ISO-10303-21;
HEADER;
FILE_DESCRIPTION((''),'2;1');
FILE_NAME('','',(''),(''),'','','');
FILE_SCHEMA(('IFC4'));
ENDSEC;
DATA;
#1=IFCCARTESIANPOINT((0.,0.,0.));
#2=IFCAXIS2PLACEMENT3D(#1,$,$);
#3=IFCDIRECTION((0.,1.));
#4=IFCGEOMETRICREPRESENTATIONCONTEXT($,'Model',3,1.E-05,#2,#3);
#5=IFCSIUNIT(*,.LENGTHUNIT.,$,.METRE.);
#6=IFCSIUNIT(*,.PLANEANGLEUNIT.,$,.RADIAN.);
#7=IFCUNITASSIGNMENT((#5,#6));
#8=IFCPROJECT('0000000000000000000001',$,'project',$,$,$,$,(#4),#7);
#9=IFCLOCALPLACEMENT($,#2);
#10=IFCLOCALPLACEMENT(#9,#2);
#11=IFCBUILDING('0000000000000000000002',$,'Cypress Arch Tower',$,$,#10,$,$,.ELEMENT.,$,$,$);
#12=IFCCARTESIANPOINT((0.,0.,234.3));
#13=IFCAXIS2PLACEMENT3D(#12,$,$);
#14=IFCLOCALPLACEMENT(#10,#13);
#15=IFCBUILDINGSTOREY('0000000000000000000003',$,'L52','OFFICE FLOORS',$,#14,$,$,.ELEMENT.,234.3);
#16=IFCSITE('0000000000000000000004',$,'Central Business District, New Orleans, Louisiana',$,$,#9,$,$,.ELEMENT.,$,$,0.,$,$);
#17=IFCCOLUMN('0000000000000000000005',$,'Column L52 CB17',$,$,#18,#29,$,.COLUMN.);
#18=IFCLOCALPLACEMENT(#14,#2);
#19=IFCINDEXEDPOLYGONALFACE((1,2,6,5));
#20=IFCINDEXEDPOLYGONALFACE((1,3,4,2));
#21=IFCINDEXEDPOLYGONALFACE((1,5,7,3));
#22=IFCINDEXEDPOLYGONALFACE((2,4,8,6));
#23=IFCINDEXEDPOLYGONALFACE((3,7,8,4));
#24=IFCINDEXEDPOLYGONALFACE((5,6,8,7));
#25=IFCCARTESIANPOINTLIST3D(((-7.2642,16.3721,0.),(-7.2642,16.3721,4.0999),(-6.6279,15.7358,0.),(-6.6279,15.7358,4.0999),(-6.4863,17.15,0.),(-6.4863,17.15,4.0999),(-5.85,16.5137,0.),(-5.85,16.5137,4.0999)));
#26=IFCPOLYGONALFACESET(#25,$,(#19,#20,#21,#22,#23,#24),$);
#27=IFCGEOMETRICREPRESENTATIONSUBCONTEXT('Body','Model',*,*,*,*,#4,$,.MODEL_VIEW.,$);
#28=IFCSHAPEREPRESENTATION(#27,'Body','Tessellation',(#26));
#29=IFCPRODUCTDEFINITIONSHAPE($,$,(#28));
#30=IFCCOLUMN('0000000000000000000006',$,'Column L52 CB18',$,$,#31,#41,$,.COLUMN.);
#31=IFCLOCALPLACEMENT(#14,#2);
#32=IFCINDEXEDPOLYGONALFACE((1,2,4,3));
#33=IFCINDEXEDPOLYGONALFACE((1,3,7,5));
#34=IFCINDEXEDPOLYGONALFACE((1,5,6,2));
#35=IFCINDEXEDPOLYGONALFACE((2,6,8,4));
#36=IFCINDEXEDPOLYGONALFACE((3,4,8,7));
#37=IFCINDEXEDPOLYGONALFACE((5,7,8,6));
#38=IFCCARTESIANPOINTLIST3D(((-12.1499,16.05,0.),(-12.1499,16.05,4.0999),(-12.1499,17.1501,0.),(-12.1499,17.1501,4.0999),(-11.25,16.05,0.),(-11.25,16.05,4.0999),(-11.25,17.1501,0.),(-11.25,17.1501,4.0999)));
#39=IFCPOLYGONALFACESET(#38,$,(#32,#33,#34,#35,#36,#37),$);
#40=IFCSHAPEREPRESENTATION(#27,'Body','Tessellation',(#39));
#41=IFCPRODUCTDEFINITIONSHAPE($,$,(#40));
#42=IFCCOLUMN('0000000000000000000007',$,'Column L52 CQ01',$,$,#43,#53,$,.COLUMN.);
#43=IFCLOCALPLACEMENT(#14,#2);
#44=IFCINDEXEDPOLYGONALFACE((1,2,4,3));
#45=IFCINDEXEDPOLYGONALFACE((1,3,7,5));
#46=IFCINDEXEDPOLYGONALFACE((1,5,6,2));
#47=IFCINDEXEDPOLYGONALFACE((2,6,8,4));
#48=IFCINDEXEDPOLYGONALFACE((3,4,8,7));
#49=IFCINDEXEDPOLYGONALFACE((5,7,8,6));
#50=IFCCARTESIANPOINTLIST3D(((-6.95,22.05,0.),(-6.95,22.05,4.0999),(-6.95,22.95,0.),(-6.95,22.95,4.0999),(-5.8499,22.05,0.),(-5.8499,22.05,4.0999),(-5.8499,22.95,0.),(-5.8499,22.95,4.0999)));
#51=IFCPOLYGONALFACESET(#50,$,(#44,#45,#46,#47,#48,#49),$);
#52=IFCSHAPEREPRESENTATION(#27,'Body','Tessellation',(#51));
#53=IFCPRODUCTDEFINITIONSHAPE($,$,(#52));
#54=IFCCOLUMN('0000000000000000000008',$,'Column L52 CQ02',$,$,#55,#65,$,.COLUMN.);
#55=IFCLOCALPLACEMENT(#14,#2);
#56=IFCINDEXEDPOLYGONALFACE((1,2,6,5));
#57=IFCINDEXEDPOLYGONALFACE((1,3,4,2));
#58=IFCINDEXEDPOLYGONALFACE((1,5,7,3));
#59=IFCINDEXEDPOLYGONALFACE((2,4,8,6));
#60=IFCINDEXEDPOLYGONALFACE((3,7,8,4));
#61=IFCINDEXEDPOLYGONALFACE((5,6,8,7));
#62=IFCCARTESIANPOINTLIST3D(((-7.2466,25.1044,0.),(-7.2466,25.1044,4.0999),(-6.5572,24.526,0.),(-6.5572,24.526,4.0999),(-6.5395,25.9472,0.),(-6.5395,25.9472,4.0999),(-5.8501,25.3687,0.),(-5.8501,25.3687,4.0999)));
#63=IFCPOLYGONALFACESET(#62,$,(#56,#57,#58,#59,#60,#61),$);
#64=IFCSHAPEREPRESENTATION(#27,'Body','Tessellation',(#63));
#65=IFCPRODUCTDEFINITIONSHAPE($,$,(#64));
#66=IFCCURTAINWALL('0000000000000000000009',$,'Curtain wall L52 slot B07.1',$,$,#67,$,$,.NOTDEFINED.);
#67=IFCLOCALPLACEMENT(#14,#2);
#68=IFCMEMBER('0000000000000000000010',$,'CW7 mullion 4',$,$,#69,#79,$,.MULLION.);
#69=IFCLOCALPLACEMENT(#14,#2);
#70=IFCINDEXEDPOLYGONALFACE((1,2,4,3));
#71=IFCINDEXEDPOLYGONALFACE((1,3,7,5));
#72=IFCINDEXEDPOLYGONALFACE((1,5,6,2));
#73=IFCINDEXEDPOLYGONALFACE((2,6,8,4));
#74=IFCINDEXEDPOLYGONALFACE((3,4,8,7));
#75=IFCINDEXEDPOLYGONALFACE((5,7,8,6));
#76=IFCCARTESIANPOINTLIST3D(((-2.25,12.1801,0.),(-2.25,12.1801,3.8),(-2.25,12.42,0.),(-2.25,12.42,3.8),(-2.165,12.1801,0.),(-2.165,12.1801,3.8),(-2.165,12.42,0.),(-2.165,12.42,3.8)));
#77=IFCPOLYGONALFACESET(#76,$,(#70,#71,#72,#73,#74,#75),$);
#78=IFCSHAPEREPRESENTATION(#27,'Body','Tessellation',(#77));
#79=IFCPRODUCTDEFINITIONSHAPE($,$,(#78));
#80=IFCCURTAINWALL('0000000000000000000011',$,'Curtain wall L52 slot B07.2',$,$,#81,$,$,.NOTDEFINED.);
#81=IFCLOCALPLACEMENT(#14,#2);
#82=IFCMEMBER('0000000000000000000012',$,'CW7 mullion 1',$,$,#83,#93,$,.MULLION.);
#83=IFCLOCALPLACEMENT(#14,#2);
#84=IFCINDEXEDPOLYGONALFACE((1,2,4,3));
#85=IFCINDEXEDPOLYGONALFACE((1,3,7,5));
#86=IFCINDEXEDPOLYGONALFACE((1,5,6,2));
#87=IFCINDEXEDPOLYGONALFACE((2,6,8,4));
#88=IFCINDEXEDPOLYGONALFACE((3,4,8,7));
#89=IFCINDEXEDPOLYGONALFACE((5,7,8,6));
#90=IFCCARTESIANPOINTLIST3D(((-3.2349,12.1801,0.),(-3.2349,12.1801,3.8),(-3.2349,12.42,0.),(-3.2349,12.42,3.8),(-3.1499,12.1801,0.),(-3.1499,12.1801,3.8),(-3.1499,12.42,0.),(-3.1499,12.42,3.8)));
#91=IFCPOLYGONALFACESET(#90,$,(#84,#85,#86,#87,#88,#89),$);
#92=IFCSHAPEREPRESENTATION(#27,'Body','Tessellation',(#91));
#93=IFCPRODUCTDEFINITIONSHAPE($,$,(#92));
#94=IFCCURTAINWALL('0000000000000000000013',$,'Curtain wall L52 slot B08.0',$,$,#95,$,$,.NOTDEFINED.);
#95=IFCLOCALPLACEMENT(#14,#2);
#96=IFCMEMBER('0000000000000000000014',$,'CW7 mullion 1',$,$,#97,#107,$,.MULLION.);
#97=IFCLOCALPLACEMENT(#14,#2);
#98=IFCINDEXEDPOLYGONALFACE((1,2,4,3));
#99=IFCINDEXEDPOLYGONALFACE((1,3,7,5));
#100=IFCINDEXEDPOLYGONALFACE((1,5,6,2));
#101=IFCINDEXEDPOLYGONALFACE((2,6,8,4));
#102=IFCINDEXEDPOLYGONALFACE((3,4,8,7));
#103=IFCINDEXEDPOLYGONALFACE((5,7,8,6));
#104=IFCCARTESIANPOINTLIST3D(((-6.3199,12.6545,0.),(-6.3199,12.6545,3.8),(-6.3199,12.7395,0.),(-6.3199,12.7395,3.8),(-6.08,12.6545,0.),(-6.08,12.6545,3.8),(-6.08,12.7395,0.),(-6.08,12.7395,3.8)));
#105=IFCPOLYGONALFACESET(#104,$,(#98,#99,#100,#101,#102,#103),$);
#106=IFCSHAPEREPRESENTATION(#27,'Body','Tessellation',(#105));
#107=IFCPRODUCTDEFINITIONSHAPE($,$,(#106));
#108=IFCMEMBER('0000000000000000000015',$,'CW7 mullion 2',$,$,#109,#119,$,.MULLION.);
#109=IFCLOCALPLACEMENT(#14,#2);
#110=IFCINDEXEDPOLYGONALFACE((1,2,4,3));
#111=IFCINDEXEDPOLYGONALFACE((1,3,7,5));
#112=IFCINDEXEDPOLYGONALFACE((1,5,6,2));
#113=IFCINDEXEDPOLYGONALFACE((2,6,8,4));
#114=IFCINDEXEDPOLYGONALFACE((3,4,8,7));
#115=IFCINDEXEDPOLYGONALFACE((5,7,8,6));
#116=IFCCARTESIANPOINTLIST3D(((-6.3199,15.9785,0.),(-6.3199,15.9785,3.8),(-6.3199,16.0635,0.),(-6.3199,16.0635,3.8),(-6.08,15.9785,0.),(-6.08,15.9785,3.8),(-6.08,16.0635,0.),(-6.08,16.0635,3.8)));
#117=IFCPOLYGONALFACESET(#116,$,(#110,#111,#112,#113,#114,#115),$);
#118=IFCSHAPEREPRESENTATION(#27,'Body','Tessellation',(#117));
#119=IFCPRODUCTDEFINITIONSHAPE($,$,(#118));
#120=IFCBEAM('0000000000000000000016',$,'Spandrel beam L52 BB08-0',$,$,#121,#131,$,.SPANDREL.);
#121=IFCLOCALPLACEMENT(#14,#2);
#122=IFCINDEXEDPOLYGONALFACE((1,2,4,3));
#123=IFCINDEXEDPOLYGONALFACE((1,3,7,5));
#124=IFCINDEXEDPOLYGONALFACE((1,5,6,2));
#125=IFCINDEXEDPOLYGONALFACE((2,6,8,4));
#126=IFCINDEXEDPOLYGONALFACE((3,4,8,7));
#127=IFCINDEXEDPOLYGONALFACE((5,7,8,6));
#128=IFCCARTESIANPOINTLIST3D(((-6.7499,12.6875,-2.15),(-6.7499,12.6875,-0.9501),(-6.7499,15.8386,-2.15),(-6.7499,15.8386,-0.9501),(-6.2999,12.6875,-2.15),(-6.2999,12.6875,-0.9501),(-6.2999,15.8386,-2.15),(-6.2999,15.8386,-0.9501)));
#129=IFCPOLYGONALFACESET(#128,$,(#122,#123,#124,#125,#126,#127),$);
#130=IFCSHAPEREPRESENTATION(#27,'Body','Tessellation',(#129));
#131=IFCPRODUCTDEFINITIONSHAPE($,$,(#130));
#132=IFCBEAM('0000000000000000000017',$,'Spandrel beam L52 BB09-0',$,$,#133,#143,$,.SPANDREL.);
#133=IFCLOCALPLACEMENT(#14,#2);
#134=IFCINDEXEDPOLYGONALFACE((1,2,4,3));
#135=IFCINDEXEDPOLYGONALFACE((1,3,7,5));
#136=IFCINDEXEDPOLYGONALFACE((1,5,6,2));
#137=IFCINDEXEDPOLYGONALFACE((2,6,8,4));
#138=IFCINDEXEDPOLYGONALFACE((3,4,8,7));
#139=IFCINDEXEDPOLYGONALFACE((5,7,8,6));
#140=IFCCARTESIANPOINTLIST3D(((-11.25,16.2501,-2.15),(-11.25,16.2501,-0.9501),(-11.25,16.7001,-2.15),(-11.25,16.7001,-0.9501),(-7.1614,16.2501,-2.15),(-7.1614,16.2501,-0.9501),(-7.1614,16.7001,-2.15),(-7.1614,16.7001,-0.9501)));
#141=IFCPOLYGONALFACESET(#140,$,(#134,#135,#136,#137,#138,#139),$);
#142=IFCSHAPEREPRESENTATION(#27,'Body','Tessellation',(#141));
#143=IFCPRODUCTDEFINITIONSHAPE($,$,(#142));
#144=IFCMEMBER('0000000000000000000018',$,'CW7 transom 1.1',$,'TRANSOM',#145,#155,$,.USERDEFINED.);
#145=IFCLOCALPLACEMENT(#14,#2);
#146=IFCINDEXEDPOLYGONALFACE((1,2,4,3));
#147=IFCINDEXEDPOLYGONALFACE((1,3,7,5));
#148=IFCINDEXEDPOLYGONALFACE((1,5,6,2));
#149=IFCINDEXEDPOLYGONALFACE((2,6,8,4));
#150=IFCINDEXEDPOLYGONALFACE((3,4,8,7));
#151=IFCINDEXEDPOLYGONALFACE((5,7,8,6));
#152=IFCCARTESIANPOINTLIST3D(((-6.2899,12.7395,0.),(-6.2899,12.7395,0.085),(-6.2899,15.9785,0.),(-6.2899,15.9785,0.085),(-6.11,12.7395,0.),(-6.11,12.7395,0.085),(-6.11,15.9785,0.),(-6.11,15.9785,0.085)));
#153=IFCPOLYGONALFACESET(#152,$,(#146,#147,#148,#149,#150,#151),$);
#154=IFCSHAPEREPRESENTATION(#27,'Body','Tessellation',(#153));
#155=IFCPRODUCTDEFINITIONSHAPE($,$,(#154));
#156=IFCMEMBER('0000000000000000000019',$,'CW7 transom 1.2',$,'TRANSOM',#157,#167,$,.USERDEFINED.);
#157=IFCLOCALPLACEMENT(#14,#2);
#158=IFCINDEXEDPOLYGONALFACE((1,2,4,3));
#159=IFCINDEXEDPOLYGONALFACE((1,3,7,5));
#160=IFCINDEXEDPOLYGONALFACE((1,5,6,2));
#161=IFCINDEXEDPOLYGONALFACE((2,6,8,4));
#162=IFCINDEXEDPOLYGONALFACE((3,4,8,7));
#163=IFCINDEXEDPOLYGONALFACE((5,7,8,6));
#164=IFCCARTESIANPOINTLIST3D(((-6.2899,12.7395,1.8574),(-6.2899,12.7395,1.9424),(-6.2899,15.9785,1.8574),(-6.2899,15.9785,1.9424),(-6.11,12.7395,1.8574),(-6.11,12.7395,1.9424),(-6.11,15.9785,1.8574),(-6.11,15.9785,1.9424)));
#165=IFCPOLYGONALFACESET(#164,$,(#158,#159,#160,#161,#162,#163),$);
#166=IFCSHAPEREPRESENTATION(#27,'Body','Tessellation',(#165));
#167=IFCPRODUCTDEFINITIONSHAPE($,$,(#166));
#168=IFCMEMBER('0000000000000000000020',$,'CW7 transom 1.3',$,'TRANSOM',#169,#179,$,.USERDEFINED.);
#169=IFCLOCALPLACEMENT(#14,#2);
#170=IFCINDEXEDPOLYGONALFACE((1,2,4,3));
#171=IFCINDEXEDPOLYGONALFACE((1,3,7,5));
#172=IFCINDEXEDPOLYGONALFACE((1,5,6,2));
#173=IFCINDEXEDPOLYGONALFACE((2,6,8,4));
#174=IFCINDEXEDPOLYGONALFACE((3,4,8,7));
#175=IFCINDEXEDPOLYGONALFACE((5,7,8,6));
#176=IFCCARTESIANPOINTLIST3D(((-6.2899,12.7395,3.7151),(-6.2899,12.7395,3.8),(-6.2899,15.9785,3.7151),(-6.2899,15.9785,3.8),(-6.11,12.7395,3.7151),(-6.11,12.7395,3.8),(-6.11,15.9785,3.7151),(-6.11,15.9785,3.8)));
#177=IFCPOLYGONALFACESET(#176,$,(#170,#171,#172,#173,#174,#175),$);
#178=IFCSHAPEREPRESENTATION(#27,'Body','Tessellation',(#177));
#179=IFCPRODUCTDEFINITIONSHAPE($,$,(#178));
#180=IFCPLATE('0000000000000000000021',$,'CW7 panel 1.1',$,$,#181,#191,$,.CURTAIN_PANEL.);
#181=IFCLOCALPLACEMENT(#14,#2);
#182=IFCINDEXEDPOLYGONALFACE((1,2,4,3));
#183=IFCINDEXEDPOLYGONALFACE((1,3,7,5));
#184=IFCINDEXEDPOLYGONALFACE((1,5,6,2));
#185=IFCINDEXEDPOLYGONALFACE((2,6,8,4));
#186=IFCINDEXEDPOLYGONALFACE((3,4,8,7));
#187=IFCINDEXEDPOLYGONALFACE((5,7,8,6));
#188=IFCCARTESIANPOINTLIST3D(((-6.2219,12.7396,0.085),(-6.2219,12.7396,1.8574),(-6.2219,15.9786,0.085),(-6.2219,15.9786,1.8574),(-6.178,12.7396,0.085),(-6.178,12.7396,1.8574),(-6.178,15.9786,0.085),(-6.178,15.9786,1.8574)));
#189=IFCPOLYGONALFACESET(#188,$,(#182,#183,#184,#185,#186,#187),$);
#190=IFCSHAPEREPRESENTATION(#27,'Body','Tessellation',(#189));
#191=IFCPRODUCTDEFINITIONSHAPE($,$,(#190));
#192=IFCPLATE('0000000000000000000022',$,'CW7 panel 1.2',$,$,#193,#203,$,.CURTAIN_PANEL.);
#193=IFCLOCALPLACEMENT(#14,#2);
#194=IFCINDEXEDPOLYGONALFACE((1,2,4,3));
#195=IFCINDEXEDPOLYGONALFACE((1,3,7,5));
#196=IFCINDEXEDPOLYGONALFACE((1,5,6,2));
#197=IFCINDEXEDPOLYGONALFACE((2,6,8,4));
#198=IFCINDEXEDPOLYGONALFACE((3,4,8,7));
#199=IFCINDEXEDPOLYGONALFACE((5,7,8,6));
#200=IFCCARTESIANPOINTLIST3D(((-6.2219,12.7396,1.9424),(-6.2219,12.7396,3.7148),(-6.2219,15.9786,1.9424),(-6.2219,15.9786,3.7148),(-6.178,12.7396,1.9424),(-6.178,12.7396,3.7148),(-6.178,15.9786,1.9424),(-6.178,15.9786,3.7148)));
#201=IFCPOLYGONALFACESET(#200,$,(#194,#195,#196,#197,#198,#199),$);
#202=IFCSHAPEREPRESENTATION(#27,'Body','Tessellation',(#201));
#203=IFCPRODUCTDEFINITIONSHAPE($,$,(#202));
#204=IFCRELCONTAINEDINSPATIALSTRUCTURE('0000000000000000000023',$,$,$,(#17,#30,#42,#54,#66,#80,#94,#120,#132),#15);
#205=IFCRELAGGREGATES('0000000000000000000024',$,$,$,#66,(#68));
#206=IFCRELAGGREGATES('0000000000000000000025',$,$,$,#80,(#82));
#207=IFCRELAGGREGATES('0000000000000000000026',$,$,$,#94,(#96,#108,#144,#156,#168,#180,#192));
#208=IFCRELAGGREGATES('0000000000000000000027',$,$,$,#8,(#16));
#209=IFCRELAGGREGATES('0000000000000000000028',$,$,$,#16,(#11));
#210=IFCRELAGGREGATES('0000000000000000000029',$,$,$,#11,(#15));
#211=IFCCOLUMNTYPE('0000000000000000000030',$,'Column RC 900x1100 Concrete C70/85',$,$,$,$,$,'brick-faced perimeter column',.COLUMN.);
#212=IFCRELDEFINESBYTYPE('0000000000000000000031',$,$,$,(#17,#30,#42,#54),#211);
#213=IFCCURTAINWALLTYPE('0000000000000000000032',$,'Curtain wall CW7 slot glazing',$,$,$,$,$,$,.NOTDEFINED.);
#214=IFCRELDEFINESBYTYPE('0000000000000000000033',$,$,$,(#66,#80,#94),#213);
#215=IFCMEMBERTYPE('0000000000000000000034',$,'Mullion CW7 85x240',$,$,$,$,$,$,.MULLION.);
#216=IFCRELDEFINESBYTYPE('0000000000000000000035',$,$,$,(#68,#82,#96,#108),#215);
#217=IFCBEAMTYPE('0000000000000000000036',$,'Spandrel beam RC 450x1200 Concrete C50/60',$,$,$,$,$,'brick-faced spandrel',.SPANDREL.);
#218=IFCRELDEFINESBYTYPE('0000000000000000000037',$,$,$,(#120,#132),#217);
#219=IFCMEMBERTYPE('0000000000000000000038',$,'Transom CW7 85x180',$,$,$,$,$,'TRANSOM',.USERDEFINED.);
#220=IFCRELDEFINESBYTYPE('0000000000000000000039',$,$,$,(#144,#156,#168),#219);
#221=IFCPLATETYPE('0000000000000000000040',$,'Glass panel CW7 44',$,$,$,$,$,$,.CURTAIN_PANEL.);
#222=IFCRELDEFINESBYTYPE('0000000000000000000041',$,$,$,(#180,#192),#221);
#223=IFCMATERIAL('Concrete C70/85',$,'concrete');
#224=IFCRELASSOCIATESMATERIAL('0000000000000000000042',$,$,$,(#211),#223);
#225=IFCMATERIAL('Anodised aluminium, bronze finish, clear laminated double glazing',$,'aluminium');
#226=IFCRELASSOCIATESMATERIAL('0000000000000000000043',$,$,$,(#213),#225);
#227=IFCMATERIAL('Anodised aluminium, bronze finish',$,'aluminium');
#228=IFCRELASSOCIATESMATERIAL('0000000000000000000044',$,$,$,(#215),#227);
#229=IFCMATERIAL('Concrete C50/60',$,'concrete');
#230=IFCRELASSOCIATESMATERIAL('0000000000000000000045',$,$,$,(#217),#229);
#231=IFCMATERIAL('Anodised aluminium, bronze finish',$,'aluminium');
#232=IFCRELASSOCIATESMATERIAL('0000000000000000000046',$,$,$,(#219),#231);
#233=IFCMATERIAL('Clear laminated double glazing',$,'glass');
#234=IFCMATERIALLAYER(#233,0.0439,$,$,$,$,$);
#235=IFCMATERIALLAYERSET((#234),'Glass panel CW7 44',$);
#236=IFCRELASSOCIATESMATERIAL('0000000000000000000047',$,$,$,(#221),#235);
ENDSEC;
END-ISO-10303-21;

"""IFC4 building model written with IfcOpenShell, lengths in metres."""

from ifc_helpers import new_model, si_unit, direction, frame, origin, origin_2d, place, context, subcontext, project, spatial, rectangle, extrude, material, layer, layer_set, material_profile, profile_set, type_object, element, aggregate, save


model = new_model("IFC4")

# Units and contexts
model_context = context("Model", 3, precision=1e-05, world=origin(), true_north=direction((0.0, 1.0)))
body_context = subcontext(model_context, "Body", "Model", "MODEL_VIEW")
ifc_project = project(units=[si_unit("LENGTHUNIT", "METRE"), si_unit("PLANEANGLEUNIT", "RADIAN")], contexts=[model_context])

# Site, building, storey
site_placement = place(None, origin())
site = spatial("IfcSite", under=ifc_project, at=site_placement, Name="Central Business District, New Orleans, Louisiana", CompositionType="ELEMENT", RefElevation=0.0)
building_placement = place(site_placement, origin())
building = spatial("IfcBuilding", under=site, at=building_placement, Name="Cypress Arch Tower", CompositionType="ELEMENT")
storey_placement = place(building_placement, frame((0.0, 0.0, 234.3)))
storey = spatial("IfcBuildingStorey", under=building, at=storey_placement, Name="L52", Description="OFFICE FLOORS", CompositionType="ELEMENT", Elevation=234.3)

# Columns
ifc_material_1 = material(Name="Concrete C70/85", Category="concrete")
ifc_material_profile_1 = material_profile(ifc_material_1, rectangle(XDim=0.8999, YDim=1.1001, at=origin_2d()), Name="RC 900x1100")
ifc_profile_set_1 = profile_set([ifc_material_profile_1], Name="Concrete C70/85")
column_type = type_object("IfcColumnType", Name="Column RC 900x1100 Concrete C70/85", ElementType="brick-faced perimeter column", PredefinedType="COLUMN", material=ifc_profile_set_1)
for number, where, z_axis, x_axis, name in (
    (1, (-6.5571, 16.4429, 0.0), (0.0, 0.0, 1.0), (-0.707107, 0.707107, 0.0), "Column L52 CB17"),
    (2, (-11.7, 16.6001, 0.0), (0.0, 0.0, 1.0), (-1.0, 0.0, 0.0), "Column L52 CB18"),
    (3, (-6.3999, 22.5, 0.0), (0.0, 0.0, 1.0), (0.0, 1.0, 0.0), "Column L52 CQ01"),
    (4, (-6.5483, 25.2366, 0.0), (0.0, 0.0, 1.0), (-0.766064, 0.642765, 0.0), "Column L52 CQ02"),
):
    element("IfcColumn", number, at=place(storey_placement, frame(where, z_axis=z_axis, x_axis=x_axis)), inside=storey, type_object=column_type, Name=name, PredefinedType="COLUMN", context=body_context, shape_type="SweptSolid", body=[
        extrude(rectangle(XDim=0.8999, YDim=1.1001, at=origin_2d()), origin(), (0.0, 0.0, 1.0), 4.0999),
    ])

# Curtain walls, members
ifc_material_2 = material(Name="Anodised aluminium, bronze finish, clear laminated double glazing", Category="aluminium")
curtain_wall_type = type_object("IfcCurtainWallType", Name="Curtain wall CW7 slot glazing", PredefinedType="NOTDEFINED", material=ifc_material_2)
curtain_wall_1_placement = place(storey_placement, origin())
curtain_wall_1 = element("IfcCurtainWall", 5, at=curtain_wall_1_placement, inside=storey, type_object=curtain_wall_type, Name="Curtain wall L52 slot B07.1", PredefinedType="NOTDEFINED")
ifc_material_3 = material(Name="Anodised aluminium, bronze finish", Category="aluminium")
ifc_material_profile_2 = material_profile(ifc_material_3, rectangle(XDim=0.24, YDim=0.085, at=origin_2d()), Name="Mullion 85x240")
ifc_profile_set_2 = profile_set([ifc_material_profile_2], Name="Anodised aluminium, bronze finish")
member_type_1 = type_object("IfcMemberType", Name="Mullion CW7 85x240", PredefinedType="MULLION", material=ifc_profile_set_2)
member_1_placement = place(storey_placement, frame((-2.2075, 12.3, 0.0), z_axis=(0.0, 0.0, 1.0), x_axis=(0.0, -1.0, 0.0)))
member_1 = element("IfcMember", 6, at=member_1_placement, type_object=member_type_1, Name="CW7 mullion 4", PredefinedType="MULLION", context=body_context, shape_type="SweptSolid", body=[
    extrude(rectangle(XDim=0.24, YDim=0.085, at=origin_2d()), origin(), (0.0, 0.0, 1.0), 3.8),
])
aggregate(curtain_wall_1, [member_1])
curtain_wall_2_placement = place(storey_placement, origin())
curtain_wall_2 = element("IfcCurtainWall", 7, at=curtain_wall_2_placement, inside=storey, type_object=curtain_wall_type, Name="Curtain wall L52 slot B07.2", PredefinedType="NOTDEFINED")
member_2_placement = place(storey_placement, frame((-3.1924, 12.3, 0.0), z_axis=(0.0, 0.0, 1.0), x_axis=(0.0, -1.0, 0.0)))
member_2 = element("IfcMember", 8, at=member_2_placement, type_object=member_type_1, Name="CW7 mullion 1", PredefinedType="MULLION", context=body_context, shape_type="SweptSolid", body=[
    extrude(rectangle(XDim=0.24, YDim=0.085, at=origin_2d()), origin(), (0.0, 0.0, 1.0), 3.8),
])
aggregate(curtain_wall_2, [member_2])

# Curtain wall, members
curtain_wall_3_placement = place(storey_placement, origin())
curtain_wall_3 = element("IfcCurtainWall", 9, at=curtain_wall_3_placement, inside=storey, type_object=curtain_wall_type, Name="Curtain wall L52 slot B08.0", PredefinedType="NOTDEFINED")
member_3_placement = place(storey_placement, frame((-6.2, 12.697, 0.0), z_axis=(0.0, 0.0, 1.0), x_axis=(-1.0, 0.0, 0.0)))
member_3 = element("IfcMember", 10, at=member_3_placement, type_object=member_type_1, Name="CW7 mullion 1", PredefinedType="MULLION", context=body_context, shape_type="SweptSolid", body=[
    extrude(rectangle(XDim=0.24, YDim=0.085, at=origin_2d()), origin(), (0.0, 0.0, 1.0), 3.8),
])
member_4_placement = place(storey_placement, frame((-6.2, 16.021, 0.0), z_axis=(0.0, 0.0, 1.0), x_axis=(-1.0, 0.0, 0.0)))
member_4 = element("IfcMember", 11, at=member_4_placement, type_object=member_type_1, Name="CW7 mullion 2", PredefinedType="MULLION", context=body_context, shape_type="SweptSolid", body=[
    extrude(rectangle(XDim=0.24, YDim=0.085, at=origin_2d()), origin(), (0.0, 0.0, 1.0), 3.8),
])

# Beams
ifc_material_4 = material(Name="Concrete C50/60", Category="concrete")
ifc_material_profile_3 = material_profile(ifc_material_4, rectangle(XDim=0.45, YDim=1.2, at=origin_2d()), Name="RC 450x1200")
ifc_profile_set_3 = profile_set([ifc_material_profile_3], Name="Concrete C50/60")
beam_type = type_object("IfcBeamType", Name="Spandrel beam RC 450x1200 Concrete C50/60", ElementType="brick-faced spandrel", PredefinedType="SPANDREL", material=ifc_profile_set_3)
beam_1_placement = place(storey_placement, frame((-6.5249, 12.6875, -1.55), z_axis=(0.0, 1.0, 0.0), x_axis=(-1.0, 0.0, 0.0)))
element("IfcBeam", 12, at=beam_1_placement, inside=storey, type_object=beam_type, Name="Spandrel beam L52 BB08-0", PredefinedType="SPANDREL", context=body_context, shape_type="SweptSolid", body=[
    extrude(rectangle(XDim=0.45, YDim=1.2, at=origin_2d()), origin(), (0.0, 0.0, 1.0), 3.1511),
])
beam_2_placement = place(storey_placement, frame((-7.1614, 16.4751, -1.55), z_axis=(-1.0, 0.0, 0.0), x_axis=(0.0, -1.0, 0.0)))
element("IfcBeam", 13, at=beam_2_placement, inside=storey, type_object=beam_type, Name="Spandrel beam L52 BB09-0", PredefinedType="SPANDREL", context=body_context, shape_type="SweptSolid", body=[
    extrude(rectangle(XDim=0.45, YDim=1.2, at=origin_2d()), origin(), (0.0, 0.0, 1.0), 4.0886),
])

# Members
ifc_material_5 = material(Name="Anodised aluminium, bronze finish", Category="aluminium")
ifc_material_profile_4 = material_profile(ifc_material_5, rectangle(XDim=0.1799, YDim=0.085, at=origin_2d()), Name="Transom 85x180")
ifc_profile_set_4 = profile_set([ifc_material_profile_4], Name="Anodised aluminium, bronze finish")
member_type_2 = type_object("IfcMemberType", Name="Transom CW7 85x180", ElementType="TRANSOM", PredefinedType="USERDEFINED", material=ifc_profile_set_4)
member_5_placement = place(storey_placement, frame((-6.2, 12.7395, 0.0425), z_axis=(0.0, 1.0, 0.0), x_axis=(-1.0, 0.0, 0.0)))
member_5 = element("IfcMember", 14, at=member_5_placement, type_object=member_type_2, Name="CW7 transom 1.1", ObjectType="TRANSOM", PredefinedType="USERDEFINED", context=body_context, shape_type="SweptSolid", body=[
    extrude(rectangle(XDim=0.1799, YDim=0.085, at=origin_2d()), origin(), (0.0, 0.0, 1.0), 3.239),
])
member_6_placement = place(storey_placement, frame((-6.2, 12.7395, 1.8999), z_axis=(0.0, 1.0, 0.0), x_axis=(-1.0, 0.0, 0.0)))
member_6 = element("IfcMember", 15, at=member_6_placement, type_object=member_type_2, Name="CW7 transom 1.2", ObjectType="TRANSOM", PredefinedType="USERDEFINED", context=body_context, shape_type="SweptSolid", body=[
    extrude(rectangle(XDim=0.1799, YDim=0.085, at=origin_2d()), origin(), (0.0, 0.0, 1.0), 3.239),
])
member_7_placement = place(storey_placement, frame((-6.2, 12.7395, 3.7576), z_axis=(0.0, 1.0, 0.0), x_axis=(-1.0, 0.0, 0.0)))
member_7 = element("IfcMember", 16, at=member_7_placement, type_object=member_type_2, Name="CW7 transom 1.3", ObjectType="TRANSOM", PredefinedType="USERDEFINED", context=body_context, shape_type="SweptSolid", body=[
    extrude(rectangle(XDim=0.1799, YDim=0.085, at=origin_2d()), origin(), (0.0, 0.0, 1.0), 3.239),
])

# Plates
ifc_material_6 = material(Name="Clear laminated double glazing", Category="glass")
ifc_layer_1 = layer(ifc_material_6, 0.0439)
ifc_layer_set_1 = layer_set([ifc_layer_1], Name="Glass panel CW7 44")
plate_type = type_object("IfcPlateType", Name="Glass panel CW7 44", PredefinedType="CURTAIN_PANEL", material=ifc_layer_set_1)
plate_1_placement = place(storey_placement, frame((-6.2, 14.3591, 0.085), z_axis=(0.0, 0.0, 1.0), x_axis=(0.0, 1.0, 0.0)))
plate_1 = element("IfcPlate", 17, at=plate_1_placement, type_object=plate_type, Name="CW7 panel 1.1", PredefinedType="CURTAIN_PANEL", context=body_context, shape_type="SweptSolid", body=[
    extrude(rectangle(XDim=3.239, YDim=0.0439, at=origin_2d()), origin(), (0.0, 0.0, 1.0), 1.7725),
])
plate_2_placement = place(storey_placement, frame((-6.2, 14.3591, 1.9424), z_axis=(0.0, 0.0, 1.0), x_axis=(0.0, 1.0, 0.0)))
plate_2 = element("IfcPlate", 18, at=plate_2_placement, type_object=plate_type, Name="CW7 panel 1.2", PredefinedType="CURTAIN_PANEL", context=body_context, shape_type="SweptSolid", body=[
    extrude(rectangle(XDim=3.239, YDim=0.0439, at=origin_2d()), origin(), (0.0, 0.0, 1.0), 1.7725),
])
aggregate(curtain_wall_3, [member_3, member_4, member_5, member_6, member_7, plate_1, plate_2])

save(model, "model.ifc")
